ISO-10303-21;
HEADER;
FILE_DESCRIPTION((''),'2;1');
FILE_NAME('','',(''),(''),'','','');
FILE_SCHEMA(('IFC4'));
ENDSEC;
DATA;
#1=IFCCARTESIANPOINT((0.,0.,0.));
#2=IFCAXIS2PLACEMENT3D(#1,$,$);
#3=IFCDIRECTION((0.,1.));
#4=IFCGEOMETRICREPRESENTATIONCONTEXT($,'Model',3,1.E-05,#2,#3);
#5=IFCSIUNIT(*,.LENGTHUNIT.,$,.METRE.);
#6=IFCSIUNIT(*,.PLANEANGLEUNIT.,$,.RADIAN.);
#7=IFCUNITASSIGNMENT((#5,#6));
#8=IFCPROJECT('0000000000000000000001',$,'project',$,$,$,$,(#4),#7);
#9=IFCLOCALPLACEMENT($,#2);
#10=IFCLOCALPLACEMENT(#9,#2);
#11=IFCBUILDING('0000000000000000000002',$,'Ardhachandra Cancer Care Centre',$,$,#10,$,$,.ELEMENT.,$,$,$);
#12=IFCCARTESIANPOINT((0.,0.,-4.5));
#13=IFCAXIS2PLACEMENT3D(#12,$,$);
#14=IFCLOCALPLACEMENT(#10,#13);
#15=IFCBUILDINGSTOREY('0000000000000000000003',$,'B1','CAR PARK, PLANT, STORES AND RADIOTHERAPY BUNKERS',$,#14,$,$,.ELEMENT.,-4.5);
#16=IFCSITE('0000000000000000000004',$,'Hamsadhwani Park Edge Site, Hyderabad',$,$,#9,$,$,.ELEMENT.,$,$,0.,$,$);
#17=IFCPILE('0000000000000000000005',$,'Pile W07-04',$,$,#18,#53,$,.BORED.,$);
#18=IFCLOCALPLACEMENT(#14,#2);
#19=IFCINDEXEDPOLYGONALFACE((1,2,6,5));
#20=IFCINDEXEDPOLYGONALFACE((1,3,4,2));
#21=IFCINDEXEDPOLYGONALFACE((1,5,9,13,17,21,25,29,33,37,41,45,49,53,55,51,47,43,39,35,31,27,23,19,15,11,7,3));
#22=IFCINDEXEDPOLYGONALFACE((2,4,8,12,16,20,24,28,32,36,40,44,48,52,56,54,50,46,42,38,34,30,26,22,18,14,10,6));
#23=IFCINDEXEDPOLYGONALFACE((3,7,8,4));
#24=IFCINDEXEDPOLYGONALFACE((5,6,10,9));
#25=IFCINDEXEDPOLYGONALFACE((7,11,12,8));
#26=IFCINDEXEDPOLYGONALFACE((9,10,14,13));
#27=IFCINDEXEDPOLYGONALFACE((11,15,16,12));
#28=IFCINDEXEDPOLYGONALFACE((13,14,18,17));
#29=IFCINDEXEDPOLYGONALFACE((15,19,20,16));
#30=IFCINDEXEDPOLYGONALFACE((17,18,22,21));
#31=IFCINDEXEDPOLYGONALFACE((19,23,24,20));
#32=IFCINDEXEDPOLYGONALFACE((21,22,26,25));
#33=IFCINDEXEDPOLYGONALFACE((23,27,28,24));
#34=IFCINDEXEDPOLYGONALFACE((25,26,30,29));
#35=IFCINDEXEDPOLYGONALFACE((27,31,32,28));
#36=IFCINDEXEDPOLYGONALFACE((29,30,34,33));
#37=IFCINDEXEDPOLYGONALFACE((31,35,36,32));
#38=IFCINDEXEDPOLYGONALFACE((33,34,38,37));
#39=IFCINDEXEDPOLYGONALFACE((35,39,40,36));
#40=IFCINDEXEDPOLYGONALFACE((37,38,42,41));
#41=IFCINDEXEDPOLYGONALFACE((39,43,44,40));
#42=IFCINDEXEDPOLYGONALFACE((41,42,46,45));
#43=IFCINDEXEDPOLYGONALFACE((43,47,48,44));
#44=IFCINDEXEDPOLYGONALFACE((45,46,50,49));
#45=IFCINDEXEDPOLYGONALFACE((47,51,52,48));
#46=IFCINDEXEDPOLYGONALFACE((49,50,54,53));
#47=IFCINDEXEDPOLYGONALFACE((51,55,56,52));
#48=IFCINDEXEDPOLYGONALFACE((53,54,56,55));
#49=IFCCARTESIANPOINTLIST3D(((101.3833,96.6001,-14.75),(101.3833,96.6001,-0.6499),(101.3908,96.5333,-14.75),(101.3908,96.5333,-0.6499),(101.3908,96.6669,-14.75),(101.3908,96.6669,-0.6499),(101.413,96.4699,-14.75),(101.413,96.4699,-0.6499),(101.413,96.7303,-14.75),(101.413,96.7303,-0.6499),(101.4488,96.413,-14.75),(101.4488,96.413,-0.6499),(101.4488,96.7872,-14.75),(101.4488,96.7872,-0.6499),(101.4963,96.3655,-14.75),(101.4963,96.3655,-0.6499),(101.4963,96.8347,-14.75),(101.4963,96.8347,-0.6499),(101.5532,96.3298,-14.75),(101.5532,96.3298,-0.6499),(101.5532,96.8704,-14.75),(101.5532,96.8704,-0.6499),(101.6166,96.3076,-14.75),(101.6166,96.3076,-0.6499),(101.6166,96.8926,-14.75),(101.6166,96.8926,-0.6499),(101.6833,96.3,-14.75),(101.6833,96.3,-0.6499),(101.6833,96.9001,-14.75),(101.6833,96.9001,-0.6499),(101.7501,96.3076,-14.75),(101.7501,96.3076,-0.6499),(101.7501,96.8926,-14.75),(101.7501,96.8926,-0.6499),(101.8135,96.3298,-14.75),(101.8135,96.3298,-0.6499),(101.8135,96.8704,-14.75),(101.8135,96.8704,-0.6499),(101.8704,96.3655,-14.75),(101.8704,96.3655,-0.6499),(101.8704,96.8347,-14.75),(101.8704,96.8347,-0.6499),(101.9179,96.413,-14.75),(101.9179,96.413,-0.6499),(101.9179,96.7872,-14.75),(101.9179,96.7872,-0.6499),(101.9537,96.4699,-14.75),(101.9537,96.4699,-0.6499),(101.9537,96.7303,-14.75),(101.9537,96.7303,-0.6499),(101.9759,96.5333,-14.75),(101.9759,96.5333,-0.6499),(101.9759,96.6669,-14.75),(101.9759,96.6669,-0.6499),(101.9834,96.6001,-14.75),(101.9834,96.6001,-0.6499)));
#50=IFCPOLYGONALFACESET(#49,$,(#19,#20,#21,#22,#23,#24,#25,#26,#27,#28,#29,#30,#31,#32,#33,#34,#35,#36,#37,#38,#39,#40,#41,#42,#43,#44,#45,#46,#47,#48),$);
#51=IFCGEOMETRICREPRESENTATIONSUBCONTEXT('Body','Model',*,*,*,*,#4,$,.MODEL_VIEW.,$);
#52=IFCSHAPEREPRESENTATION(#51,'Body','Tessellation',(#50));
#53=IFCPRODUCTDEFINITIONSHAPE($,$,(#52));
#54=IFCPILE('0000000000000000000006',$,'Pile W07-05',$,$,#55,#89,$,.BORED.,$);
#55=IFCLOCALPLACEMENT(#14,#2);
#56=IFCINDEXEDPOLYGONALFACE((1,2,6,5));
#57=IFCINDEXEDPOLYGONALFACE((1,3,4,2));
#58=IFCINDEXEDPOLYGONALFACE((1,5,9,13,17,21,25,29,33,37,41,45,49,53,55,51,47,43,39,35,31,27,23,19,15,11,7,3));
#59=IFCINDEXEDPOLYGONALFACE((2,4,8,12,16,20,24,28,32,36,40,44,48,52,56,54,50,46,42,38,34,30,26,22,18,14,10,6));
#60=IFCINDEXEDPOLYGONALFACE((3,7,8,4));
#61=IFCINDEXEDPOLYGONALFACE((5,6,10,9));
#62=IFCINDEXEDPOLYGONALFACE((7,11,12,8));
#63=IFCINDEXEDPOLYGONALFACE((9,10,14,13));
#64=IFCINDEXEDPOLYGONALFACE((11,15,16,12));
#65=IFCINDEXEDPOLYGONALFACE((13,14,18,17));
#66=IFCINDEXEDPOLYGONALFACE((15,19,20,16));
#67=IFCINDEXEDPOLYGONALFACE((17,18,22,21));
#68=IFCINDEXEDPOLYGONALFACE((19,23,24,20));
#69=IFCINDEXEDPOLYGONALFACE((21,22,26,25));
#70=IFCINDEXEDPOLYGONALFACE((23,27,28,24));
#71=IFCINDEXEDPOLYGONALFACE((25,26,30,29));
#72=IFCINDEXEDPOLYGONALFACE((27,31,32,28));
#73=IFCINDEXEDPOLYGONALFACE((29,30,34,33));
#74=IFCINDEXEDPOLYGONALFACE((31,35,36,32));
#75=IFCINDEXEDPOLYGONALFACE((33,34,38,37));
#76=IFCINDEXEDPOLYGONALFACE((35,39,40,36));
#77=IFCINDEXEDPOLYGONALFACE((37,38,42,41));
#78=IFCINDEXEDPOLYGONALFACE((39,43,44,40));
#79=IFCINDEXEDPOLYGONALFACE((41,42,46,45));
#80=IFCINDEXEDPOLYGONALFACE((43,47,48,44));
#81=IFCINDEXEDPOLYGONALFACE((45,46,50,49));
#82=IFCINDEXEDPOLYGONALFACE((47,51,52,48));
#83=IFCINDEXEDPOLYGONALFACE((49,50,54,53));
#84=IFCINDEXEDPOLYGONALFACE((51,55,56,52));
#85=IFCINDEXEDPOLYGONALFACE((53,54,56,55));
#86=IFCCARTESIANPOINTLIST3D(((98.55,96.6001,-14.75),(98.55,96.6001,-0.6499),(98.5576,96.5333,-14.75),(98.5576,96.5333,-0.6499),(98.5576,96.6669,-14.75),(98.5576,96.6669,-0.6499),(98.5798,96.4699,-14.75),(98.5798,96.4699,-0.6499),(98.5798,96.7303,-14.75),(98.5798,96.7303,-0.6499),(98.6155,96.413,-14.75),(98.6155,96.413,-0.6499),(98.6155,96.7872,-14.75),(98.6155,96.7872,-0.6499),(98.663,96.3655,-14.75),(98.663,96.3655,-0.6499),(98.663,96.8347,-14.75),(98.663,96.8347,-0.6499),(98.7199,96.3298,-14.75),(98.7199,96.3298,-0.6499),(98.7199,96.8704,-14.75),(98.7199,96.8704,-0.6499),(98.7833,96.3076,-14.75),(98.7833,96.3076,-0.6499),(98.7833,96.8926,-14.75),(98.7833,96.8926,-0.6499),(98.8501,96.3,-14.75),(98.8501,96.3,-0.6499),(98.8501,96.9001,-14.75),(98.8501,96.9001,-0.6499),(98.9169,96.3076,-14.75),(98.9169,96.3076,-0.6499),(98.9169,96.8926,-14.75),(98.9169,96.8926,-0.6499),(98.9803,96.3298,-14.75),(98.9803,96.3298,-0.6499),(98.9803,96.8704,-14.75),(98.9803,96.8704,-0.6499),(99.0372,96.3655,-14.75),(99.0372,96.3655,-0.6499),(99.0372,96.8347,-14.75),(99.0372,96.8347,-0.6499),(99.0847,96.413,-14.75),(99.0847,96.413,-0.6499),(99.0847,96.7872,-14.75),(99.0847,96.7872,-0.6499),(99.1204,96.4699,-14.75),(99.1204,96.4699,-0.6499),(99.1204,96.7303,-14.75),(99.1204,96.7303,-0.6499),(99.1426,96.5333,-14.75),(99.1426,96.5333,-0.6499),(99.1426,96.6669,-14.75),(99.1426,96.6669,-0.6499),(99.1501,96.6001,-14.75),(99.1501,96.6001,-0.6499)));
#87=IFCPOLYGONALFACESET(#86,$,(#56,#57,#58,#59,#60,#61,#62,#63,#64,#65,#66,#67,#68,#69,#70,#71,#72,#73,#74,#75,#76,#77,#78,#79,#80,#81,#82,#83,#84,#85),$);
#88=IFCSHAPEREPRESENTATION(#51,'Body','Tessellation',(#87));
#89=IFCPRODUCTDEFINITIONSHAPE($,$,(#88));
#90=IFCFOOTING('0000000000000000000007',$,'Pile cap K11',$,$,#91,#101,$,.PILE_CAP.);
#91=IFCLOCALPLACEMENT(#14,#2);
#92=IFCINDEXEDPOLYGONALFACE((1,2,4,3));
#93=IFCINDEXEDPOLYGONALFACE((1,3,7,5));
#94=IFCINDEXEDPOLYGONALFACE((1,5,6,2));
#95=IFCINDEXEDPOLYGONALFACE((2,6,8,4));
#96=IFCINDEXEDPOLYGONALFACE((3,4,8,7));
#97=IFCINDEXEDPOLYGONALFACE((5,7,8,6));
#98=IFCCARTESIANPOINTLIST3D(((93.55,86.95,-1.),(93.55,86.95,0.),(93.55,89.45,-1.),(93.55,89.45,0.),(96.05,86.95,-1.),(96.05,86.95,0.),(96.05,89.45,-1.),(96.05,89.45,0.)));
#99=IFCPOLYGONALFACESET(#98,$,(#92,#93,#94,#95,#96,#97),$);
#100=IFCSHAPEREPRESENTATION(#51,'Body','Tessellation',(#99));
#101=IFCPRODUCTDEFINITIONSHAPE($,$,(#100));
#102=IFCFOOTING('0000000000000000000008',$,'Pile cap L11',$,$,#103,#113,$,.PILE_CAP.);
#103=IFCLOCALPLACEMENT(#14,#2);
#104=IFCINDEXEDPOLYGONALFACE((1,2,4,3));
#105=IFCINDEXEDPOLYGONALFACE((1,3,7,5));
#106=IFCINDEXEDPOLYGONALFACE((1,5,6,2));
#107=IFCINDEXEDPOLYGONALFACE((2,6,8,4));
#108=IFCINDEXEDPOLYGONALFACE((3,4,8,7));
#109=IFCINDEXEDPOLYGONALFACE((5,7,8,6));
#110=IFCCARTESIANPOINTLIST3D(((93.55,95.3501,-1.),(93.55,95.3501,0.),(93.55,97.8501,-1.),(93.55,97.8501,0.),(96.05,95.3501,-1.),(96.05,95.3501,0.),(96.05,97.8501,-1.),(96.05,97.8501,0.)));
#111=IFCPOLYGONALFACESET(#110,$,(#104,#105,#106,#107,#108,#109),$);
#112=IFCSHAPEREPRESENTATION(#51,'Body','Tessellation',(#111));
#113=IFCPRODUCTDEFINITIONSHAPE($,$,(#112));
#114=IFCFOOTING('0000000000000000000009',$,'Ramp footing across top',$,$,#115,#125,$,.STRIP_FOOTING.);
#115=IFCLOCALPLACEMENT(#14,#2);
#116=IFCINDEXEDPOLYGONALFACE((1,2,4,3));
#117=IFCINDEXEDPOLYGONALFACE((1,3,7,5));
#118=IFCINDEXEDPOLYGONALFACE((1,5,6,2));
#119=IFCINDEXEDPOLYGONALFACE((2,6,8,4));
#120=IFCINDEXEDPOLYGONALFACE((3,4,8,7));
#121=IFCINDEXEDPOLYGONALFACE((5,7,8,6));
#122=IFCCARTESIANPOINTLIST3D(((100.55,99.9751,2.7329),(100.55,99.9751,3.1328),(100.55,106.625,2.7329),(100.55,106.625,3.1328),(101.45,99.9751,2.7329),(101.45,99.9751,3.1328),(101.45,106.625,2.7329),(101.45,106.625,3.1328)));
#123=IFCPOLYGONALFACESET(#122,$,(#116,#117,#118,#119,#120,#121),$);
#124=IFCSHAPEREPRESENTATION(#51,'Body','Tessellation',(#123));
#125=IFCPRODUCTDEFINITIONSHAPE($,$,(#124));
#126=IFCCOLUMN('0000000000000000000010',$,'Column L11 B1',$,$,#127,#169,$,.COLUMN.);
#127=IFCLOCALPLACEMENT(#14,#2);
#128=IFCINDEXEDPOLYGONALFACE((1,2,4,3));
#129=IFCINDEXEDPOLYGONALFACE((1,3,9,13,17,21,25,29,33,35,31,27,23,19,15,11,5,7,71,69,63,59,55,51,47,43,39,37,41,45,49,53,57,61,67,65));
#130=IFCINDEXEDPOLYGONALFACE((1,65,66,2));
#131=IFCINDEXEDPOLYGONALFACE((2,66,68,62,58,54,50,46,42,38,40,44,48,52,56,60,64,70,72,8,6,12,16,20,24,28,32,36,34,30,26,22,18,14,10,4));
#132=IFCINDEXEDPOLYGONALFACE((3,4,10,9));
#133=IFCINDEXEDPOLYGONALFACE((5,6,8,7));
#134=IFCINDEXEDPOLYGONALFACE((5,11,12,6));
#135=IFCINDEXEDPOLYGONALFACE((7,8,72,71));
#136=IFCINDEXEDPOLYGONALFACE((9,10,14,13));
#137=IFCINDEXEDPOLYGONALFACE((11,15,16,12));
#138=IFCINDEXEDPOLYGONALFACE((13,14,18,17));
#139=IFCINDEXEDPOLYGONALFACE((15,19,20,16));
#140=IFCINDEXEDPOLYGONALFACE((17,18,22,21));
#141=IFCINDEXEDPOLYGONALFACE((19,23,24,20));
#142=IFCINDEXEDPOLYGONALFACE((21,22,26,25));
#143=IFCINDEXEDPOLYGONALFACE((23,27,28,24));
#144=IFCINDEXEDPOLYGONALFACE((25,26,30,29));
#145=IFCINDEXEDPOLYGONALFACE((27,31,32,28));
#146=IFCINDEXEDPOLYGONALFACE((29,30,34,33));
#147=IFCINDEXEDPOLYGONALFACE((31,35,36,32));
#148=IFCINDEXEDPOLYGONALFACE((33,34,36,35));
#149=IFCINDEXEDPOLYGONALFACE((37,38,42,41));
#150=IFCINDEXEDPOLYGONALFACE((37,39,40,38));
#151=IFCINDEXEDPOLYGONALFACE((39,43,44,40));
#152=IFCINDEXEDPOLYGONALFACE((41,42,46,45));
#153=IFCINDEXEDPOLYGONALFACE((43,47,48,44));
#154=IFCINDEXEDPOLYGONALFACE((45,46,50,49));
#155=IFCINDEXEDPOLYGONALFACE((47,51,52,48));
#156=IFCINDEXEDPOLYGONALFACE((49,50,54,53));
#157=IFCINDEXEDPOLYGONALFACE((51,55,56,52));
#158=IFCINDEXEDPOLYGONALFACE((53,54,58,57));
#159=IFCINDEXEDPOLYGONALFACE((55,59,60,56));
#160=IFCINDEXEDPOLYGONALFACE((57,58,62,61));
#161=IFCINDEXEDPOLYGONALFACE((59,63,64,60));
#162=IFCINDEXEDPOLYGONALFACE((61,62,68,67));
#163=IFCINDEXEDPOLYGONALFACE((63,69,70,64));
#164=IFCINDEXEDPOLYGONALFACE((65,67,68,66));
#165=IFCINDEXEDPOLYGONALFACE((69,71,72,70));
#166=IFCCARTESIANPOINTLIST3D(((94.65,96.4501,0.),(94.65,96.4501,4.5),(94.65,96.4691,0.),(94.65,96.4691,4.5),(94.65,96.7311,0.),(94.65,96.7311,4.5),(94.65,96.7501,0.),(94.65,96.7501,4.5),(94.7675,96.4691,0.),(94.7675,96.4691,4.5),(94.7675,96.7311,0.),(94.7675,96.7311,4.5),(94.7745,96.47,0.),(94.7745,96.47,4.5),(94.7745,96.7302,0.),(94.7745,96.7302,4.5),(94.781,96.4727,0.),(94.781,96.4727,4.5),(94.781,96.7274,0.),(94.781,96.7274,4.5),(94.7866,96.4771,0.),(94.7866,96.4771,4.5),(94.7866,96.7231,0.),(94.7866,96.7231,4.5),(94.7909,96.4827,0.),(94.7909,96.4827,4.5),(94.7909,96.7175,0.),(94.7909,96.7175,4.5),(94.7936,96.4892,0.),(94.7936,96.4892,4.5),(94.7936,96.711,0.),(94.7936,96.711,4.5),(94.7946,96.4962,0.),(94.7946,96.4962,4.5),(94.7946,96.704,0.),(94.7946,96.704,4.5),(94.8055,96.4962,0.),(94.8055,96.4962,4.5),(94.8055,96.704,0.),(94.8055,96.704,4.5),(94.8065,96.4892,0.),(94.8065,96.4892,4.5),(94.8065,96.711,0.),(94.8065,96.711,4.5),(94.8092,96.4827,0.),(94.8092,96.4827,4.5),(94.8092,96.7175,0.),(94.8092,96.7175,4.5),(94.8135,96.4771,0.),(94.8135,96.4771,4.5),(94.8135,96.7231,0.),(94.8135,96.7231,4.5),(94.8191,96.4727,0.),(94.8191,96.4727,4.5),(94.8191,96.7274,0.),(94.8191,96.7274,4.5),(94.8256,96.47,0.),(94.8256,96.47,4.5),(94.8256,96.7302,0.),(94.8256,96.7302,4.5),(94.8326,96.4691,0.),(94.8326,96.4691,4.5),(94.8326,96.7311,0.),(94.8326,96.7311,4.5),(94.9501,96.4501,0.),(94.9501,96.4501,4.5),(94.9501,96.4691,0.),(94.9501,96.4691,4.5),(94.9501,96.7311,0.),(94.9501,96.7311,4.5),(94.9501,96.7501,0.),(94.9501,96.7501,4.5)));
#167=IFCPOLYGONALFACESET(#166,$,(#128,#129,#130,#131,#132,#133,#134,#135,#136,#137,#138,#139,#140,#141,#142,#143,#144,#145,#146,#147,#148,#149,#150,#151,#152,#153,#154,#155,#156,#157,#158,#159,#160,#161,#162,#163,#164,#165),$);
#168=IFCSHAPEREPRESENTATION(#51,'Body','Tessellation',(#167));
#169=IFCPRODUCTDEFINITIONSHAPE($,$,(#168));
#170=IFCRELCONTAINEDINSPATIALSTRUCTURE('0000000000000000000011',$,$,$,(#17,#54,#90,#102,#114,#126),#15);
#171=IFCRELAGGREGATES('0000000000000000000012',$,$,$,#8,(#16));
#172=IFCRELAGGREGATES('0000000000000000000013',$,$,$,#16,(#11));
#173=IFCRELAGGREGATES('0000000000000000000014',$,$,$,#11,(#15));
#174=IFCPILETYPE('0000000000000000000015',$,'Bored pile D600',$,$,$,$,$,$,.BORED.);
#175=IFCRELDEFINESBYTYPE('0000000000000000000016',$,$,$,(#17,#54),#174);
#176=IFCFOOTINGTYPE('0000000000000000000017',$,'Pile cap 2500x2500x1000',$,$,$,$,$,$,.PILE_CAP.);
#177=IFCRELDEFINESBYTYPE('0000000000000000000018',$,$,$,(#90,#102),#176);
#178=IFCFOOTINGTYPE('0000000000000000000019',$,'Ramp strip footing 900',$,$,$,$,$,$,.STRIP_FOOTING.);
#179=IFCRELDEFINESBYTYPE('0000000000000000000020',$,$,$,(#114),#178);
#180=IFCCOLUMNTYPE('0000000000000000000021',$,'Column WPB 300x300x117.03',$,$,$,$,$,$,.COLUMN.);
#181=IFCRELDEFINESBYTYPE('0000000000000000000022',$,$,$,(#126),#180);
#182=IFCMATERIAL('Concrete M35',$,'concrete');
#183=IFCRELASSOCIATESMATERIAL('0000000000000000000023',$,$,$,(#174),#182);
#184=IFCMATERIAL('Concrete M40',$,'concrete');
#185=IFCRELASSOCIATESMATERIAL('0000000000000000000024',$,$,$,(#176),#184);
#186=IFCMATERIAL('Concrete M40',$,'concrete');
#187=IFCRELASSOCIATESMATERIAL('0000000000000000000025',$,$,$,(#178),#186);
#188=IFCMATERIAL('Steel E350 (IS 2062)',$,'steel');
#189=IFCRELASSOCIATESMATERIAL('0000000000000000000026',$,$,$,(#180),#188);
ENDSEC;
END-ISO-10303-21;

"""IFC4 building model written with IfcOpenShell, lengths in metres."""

from ifc_helpers import new_model, si_unit, direction, frame, origin, origin_2d, place, context, subcontext, project, spatial, polyline, rectangle, circle, i_section, outline, extrude, material, material_profile, profile_set, type_object, element, save


model = new_model("IFC4")

# Units and contexts
model_context = context("Model", 3, precision=1e-05, world=origin(), true_north=direction((0.0, 1.0)))
body_context = subcontext(model_context, "Body", "Model", "MODEL_VIEW")
ifc_project = project(units=[si_unit("LENGTHUNIT", "METRE"), si_unit("PLANEANGLEUNIT", "RADIAN")], contexts=[model_context])

# Site, building, storey
site_placement = place(None, origin())
site = spatial("IfcSite", under=ifc_project, at=site_placement, Name="Hamsadhwani Park Edge Site, Hyderabad", CompositionType="ELEMENT", RefElevation=0.0)
building_placement = place(site_placement, origin())
building = spatial("IfcBuilding", under=site, at=building_placement, Name="Ardhachandra Cancer Care Centre", CompositionType="ELEMENT")
storey_placement = place(building_placement, frame((0.0, 0.0, -4.5)))
storey = spatial("IfcBuildingStorey", under=building, at=storey_placement, Name="B1", Description="CAR PARK, PLANT, STORES AND RADIOTHERAPY BUNKERS", CompositionType="ELEMENT", Elevation=-4.5)

# Piles
ifc_material_1 = material(Name="Concrete M35", Category="concrete")
ifc_material_profile_1 = material_profile(ifc_material_1, circle(Radius=0.3, at=origin_2d()), Name="D600")
ifc_profile_set_1 = profile_set([ifc_material_profile_1], Name="Concrete M35")
pile_type = type_object("IfcPileType", Name="Bored pile D600", PredefinedType="BORED", material=ifc_profile_set_1)
for number, where, z_axis, x_axis, name in (
    (1, (101.6833, 96.6001, -0.6499), (0.0, 0.0, -1.0), (1.0, 0.0, 0.0), "Pile W07-04"),
    (2, (98.8501, 96.6001, -0.6499), (0.0, 0.0, -1.0), (1.0, 0.0, 0.0), "Pile W07-05"),
):
    element("IfcPile", number, at=place(storey_placement, frame(where, z_axis=z_axis, x_axis=x_axis)), inside=storey, type_object=pile_type, Name=name, PredefinedType="BORED", context=body_context, shape_type="SweptSolid", body=[
        extrude(circle(Radius=0.3, at=origin_2d()), origin(), (0.0, 0.0, 1.0), 14.1001),
    ])

# Footings
ifc_material_2 = material(Name="Concrete M40", Category="concrete")
footing_type_1 = type_object("IfcFootingType", Name="Pile cap 2500x2500x1000", PredefinedType="PILE_CAP", material=ifc_material_2)
for number, where, z_axis, x_axis, name in (
    (3, (94.8, 88.2, -1.0), (0.0, 0.0, 1.0), (1.0, 0.0, 0.0), "Pile cap K11"),
    (4, (94.8, 96.6001, -1.0), (0.0, 0.0, 1.0), (1.0, 0.0, 0.0), "Pile cap L11"),
):
    element("IfcFooting", number, at=place(storey_placement, frame(where, z_axis=z_axis, x_axis=x_axis)), inside=storey, type_object=footing_type_1, Name=name, PredefinedType="PILE_CAP", context=body_context, shape_type="SweptSolid", body=[
        extrude(rectangle(XDim=2.5, YDim=2.5, at=origin_2d()), origin(), (0.0, 0.0, 1.0), 1.0),
    ])
ifc_material_3 = material(Name="Concrete M40", Category="concrete")
footing_type_2 = type_object("IfcFootingType", Name="Ramp strip footing 900", PredefinedType="STRIP_FOOTING", material=ifc_material_3)
footing_placement = place(storey_placement, frame((101.0, 99.9751, 2.7329), z_axis=(0.0, 0.0, 1.0), x_axis=(0.0, 1.0, 0.0)))
element("IfcFooting", 5, at=footing_placement, inside=storey, type_object=footing_type_2, Name="Ramp footing across top", PredefinedType="STRIP_FOOTING", context=body_context, shape_type="SweptSolid", body=[
    extrude(outline(polyline([(0.0, 0.0), (6.6499, 0.0), (6.6499, 0.3999), (0.0, 0.3999), (0.0, 0.0)])), frame((0.0, 0.45, 0.0), z_axis=(0.0, -1.0, 0.0), x_axis=(1.0, 0.0, 0.0)), (0.0, 0.0, 1.0), 0.8999),
])

# Column
ifc_material_4 = material(Name="Steel E350 (IS 2062)", Category="steel")
ifc_material_profile_2 = material_profile(ifc_material_4, i_section(OverallWidth=0.3, OverallDepth=0.3, WebThickness=0.011, FlangeThickness=0.019, FilletRadius=0.0271, at=origin_2d()), Name="WPB 300x300x117.03")
ifc_profile_set_2 = profile_set([ifc_material_profile_2], Name="Steel E350 (IS 2062)")
column_type_1 = type_object("IfcColumnType", Name="Column WPB 300x300x117.03", PredefinedType="COLUMN", material=ifc_profile_set_2)
column_1_placement = place(storey_placement, frame((94.8, 96.6001, 0.0), z_axis=(0.0, 0.0, 1.0), x_axis=(1.0, 0.0, 0.0)))
element("IfcColumn", 6, at=column_1_placement, inside=storey, type_object=column_type_1, Name="Column L11 B1", PredefinedType="COLUMN", context=body_context, shape_type="SweptSolid", body=[
    extrude(i_section(OverallWidth=0.3, OverallDepth=0.3, WebThickness=0.011, FlangeThickness=0.019, FilletRadius=0.0271, at=origin_2d()), origin(), (0.0, 0.0, 1.0), 4.5),
])

save(model, "model.ifc")
